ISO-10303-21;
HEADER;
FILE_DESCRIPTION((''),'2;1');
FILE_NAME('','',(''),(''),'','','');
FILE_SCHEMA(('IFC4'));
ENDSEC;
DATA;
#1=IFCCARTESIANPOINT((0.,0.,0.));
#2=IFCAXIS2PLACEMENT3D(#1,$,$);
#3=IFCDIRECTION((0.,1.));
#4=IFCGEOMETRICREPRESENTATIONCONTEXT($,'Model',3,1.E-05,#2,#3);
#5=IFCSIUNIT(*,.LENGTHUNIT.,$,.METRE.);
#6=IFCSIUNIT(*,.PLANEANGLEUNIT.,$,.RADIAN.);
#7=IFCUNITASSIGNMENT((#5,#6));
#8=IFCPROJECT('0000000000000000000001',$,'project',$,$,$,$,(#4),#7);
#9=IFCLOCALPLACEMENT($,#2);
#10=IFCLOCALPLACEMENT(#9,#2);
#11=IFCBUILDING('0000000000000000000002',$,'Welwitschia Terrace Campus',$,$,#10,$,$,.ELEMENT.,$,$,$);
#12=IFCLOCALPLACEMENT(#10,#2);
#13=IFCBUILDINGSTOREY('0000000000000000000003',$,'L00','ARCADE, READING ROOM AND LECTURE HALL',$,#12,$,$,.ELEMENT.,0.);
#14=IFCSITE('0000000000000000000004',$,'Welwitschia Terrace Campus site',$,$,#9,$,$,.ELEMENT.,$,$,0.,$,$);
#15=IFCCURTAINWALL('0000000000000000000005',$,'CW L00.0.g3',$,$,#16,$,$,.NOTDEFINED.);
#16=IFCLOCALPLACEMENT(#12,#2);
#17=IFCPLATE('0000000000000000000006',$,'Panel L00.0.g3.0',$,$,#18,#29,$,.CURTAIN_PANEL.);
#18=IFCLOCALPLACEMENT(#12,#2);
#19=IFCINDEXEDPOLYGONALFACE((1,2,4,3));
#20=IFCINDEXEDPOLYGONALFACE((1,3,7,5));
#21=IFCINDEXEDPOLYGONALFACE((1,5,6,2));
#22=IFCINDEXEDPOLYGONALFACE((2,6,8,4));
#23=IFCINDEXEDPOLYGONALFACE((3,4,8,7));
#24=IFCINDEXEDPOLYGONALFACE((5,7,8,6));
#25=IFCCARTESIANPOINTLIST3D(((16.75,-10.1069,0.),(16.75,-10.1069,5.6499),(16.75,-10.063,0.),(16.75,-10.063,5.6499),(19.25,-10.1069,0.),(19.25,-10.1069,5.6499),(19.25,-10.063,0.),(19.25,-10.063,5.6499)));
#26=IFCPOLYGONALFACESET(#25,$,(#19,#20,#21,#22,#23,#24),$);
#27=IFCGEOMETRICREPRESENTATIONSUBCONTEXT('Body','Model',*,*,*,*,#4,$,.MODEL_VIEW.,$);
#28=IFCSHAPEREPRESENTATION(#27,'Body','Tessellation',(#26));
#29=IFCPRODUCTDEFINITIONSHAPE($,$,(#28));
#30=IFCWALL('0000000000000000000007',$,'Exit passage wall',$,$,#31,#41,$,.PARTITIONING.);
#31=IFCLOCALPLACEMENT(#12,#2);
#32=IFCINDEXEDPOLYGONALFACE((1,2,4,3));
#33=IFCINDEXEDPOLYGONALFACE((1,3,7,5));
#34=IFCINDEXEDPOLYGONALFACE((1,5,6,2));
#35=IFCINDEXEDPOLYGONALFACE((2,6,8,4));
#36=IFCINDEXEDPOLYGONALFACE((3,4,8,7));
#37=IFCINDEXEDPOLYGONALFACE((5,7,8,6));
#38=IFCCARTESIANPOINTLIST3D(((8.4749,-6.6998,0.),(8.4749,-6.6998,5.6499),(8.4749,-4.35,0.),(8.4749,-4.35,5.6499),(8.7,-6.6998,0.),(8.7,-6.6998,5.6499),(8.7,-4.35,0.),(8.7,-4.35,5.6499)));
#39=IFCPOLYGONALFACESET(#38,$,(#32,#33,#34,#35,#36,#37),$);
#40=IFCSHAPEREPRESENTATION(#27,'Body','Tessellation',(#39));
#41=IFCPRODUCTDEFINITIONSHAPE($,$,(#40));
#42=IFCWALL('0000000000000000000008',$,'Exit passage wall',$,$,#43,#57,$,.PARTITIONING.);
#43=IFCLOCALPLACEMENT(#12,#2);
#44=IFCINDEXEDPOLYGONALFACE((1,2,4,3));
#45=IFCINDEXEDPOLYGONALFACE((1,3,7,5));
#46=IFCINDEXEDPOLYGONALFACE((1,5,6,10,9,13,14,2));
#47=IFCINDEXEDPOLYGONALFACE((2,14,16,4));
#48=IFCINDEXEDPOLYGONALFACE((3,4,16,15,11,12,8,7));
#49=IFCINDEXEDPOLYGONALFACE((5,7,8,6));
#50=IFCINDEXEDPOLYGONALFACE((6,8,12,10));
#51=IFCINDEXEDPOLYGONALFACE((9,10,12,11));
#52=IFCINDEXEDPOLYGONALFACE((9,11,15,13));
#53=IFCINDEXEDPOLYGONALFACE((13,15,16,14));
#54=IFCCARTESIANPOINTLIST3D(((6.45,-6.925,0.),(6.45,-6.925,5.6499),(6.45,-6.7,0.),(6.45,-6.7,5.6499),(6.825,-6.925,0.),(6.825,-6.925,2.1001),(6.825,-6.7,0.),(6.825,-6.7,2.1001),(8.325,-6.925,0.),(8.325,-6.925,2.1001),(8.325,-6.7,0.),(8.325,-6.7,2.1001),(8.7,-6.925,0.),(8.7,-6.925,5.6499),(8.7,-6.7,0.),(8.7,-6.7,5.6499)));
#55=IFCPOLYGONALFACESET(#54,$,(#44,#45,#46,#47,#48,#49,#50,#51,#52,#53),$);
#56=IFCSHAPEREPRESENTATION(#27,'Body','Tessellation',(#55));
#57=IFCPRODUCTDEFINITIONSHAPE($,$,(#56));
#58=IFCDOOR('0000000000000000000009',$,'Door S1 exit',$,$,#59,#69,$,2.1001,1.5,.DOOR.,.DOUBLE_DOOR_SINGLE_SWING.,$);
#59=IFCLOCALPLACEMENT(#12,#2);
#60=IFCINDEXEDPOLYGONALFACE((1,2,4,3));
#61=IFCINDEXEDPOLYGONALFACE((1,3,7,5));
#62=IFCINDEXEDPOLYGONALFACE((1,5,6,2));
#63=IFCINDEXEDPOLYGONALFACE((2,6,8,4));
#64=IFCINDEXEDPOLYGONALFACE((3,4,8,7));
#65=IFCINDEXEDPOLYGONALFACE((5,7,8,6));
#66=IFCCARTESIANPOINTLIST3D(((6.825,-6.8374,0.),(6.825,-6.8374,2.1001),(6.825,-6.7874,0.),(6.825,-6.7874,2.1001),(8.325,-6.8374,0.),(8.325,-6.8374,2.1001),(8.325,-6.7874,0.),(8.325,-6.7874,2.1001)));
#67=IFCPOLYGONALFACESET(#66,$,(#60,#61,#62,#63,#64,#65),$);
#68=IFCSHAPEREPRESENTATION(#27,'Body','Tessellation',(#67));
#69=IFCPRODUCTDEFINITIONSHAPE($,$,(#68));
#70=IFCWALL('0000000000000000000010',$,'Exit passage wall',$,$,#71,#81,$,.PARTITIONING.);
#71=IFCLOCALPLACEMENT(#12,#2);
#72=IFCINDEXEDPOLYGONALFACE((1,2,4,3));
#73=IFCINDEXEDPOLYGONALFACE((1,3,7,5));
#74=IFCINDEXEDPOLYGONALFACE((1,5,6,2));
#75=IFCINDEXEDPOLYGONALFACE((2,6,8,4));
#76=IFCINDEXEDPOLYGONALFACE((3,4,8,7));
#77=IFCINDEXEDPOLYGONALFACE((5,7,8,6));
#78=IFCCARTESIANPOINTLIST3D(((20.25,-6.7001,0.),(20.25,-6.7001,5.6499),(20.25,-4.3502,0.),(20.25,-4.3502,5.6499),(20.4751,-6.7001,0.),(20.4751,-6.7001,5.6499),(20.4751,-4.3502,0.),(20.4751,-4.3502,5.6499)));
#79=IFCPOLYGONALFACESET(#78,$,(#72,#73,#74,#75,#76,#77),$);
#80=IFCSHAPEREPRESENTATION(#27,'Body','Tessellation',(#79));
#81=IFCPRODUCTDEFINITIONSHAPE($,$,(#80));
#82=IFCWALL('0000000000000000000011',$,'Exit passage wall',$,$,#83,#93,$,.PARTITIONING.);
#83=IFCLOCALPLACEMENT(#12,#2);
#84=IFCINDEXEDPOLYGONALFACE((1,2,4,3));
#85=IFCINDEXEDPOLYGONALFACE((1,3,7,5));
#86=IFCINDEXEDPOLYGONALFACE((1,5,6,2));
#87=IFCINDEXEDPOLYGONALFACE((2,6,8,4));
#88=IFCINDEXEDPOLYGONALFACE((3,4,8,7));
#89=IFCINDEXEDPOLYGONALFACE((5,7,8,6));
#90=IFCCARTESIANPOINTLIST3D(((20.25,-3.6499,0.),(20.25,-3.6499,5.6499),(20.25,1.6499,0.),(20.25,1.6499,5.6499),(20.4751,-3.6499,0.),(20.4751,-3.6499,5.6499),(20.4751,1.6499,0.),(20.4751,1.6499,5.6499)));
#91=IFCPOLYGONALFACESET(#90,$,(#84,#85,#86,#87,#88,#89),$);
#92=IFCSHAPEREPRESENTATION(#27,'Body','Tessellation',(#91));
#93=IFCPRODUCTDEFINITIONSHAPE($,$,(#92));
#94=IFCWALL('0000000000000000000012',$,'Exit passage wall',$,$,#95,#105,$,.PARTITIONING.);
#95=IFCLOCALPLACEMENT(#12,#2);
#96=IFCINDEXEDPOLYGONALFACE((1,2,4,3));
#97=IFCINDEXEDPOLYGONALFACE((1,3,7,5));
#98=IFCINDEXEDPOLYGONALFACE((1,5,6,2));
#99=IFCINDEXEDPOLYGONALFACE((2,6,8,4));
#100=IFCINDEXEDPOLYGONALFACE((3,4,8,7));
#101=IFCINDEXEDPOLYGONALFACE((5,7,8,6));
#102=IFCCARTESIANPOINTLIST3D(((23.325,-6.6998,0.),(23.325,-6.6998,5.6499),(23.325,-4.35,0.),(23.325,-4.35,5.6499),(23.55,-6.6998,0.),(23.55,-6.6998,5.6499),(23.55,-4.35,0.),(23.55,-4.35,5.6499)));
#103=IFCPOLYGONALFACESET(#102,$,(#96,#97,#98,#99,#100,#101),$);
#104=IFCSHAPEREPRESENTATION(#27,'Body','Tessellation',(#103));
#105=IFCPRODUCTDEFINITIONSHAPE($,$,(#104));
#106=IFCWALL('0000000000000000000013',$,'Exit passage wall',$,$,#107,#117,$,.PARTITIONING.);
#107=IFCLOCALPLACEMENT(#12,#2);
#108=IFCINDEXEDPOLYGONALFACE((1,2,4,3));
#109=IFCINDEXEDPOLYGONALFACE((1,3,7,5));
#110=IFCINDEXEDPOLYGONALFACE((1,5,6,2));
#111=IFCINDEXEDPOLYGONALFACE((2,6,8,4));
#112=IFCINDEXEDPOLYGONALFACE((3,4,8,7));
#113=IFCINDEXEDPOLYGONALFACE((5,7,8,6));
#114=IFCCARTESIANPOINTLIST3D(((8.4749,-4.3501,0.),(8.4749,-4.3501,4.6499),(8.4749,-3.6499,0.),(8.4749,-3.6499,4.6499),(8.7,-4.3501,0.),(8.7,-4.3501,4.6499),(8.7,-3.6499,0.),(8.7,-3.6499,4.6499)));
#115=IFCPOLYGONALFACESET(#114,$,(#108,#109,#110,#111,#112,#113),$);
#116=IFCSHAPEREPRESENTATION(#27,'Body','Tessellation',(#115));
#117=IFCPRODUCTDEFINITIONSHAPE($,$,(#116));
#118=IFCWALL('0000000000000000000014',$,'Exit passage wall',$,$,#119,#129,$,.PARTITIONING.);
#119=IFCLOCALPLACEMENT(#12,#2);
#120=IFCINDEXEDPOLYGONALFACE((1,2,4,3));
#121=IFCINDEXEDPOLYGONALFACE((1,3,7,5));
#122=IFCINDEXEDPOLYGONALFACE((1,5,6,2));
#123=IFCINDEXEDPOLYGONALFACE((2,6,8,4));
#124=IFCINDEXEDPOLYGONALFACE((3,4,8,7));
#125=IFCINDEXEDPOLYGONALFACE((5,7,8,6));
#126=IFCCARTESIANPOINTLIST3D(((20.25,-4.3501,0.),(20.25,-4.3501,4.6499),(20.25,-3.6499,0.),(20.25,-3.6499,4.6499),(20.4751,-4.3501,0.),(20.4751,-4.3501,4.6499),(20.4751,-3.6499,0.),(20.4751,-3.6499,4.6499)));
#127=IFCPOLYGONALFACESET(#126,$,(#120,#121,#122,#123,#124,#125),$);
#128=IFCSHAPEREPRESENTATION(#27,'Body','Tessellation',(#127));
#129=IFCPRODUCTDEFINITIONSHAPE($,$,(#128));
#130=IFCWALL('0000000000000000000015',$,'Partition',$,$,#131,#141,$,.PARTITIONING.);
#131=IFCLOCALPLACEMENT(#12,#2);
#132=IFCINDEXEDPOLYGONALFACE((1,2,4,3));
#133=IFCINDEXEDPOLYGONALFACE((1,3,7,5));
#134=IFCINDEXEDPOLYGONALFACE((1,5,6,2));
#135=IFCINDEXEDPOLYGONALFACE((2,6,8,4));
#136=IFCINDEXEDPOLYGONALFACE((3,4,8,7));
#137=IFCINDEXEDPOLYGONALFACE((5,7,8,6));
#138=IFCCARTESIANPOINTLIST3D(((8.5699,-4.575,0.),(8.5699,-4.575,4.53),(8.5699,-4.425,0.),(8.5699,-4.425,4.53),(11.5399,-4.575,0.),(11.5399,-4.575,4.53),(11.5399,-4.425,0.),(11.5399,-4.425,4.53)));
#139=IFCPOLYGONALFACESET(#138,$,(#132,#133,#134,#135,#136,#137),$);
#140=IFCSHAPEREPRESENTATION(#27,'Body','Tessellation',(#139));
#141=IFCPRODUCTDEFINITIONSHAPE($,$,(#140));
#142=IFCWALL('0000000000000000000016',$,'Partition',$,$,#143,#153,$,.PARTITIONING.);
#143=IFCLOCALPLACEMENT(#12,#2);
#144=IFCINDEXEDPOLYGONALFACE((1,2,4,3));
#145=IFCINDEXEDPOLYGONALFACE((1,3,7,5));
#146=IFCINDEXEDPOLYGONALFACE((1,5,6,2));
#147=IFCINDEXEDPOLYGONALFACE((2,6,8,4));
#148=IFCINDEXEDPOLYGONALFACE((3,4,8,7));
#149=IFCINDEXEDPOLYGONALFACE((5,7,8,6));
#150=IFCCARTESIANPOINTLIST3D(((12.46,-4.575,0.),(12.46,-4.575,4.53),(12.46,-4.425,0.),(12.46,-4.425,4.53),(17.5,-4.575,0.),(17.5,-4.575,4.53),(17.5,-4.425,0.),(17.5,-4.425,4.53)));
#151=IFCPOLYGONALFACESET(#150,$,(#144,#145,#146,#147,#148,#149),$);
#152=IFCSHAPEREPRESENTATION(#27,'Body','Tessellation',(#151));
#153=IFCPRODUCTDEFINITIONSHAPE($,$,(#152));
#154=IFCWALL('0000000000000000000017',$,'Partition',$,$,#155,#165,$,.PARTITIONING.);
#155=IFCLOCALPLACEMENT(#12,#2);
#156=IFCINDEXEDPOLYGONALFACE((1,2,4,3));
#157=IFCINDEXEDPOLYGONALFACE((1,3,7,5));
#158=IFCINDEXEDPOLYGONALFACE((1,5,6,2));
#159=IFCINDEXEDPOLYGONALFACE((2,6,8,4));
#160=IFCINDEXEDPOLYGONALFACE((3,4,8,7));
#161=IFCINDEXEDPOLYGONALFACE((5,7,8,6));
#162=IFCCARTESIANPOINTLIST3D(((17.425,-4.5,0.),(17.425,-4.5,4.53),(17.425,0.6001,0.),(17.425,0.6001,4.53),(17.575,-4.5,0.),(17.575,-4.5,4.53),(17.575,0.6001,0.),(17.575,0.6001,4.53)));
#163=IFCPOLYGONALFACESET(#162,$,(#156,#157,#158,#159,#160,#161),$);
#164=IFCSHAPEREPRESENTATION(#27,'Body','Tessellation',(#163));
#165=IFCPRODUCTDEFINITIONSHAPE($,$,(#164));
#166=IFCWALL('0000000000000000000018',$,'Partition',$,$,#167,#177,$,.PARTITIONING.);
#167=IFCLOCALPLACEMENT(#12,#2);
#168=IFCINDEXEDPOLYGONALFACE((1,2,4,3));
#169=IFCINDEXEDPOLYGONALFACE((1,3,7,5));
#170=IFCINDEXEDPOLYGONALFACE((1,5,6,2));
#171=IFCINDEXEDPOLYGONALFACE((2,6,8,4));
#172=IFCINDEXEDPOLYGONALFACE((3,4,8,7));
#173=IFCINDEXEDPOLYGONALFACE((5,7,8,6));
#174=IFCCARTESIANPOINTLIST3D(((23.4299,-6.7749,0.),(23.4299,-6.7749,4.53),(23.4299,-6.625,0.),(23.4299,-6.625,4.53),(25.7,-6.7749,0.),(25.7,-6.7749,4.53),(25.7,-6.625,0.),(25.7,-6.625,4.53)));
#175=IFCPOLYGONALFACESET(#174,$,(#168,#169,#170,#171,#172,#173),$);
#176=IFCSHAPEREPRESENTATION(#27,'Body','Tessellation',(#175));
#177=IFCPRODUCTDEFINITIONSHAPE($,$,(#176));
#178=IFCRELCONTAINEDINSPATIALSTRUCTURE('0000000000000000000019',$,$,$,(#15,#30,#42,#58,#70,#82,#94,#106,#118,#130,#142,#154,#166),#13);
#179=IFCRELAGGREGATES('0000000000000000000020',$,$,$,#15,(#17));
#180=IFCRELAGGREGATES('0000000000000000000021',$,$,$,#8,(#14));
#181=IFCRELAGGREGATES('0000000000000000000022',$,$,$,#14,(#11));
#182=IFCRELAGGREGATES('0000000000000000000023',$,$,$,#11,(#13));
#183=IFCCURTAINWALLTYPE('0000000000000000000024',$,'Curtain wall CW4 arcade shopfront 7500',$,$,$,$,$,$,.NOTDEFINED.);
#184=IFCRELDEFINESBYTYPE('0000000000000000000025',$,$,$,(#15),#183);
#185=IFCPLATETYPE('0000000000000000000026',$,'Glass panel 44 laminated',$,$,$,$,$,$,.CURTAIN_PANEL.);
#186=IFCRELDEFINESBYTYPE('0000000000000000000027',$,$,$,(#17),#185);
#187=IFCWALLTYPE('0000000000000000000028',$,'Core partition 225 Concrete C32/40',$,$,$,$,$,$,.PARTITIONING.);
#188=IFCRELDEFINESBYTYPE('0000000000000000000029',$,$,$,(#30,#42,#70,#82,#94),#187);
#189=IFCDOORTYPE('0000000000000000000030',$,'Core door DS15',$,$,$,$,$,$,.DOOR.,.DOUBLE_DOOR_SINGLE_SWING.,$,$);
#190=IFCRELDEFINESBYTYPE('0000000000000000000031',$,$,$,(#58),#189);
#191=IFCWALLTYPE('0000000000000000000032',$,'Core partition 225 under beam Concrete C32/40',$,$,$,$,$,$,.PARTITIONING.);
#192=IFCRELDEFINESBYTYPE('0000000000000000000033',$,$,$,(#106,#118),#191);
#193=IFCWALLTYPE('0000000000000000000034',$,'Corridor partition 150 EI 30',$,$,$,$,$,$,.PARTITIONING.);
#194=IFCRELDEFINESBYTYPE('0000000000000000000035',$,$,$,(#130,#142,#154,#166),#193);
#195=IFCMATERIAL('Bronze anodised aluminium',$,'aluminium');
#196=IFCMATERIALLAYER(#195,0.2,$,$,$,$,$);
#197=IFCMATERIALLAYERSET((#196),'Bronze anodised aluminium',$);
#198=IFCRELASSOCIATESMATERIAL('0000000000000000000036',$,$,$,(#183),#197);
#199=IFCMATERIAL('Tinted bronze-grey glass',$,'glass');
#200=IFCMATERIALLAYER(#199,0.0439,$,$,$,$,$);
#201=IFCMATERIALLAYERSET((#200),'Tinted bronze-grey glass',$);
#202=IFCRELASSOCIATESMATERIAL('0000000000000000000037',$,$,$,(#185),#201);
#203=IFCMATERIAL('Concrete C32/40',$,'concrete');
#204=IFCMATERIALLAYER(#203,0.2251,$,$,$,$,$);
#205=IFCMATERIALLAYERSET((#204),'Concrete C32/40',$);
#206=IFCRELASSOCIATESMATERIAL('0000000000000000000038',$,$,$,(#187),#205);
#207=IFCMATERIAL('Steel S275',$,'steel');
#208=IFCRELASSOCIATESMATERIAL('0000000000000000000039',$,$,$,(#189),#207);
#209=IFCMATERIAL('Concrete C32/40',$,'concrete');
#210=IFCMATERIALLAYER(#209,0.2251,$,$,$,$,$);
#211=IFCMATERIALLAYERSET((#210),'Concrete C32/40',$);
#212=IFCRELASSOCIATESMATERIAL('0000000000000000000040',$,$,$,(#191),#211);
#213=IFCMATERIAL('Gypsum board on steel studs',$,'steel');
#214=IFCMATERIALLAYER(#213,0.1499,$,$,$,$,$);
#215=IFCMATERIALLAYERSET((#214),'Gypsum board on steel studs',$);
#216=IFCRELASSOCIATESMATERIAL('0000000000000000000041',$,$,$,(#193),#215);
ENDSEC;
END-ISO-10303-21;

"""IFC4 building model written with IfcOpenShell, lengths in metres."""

from ifc_helpers import new_model, si_unit, direction, frame, frame_2d, origin, origin_2d, place, context, subcontext, project, spatial, rectangle, extrude, material, layer, layer_set, type_object, element, fill, aggregate, save


model = new_model("IFC4")

# Units and contexts
model_context = context("Model", 3, precision=1e-05, world=origin(), true_north=direction((0.0, 1.0)))
body_context = subcontext(model_context, "Body", "Model", "MODEL_VIEW")
ifc_project = project(units=[si_unit("LENGTHUNIT", "METRE"), si_unit("PLANEANGLEUNIT", "RADIAN")], contexts=[model_context])

# Site, building, storey
site_placement = place(None, origin())
site = spatial("IfcSite", under=ifc_project, at=site_placement, Name="Welwitschia Terrace Campus site", CompositionType="ELEMENT", RefElevation=0.0)
building_placement = place(site_placement, origin())
building = spatial("IfcBuilding", under=site, at=building_placement, Name="Welwitschia Terrace Campus", CompositionType="ELEMENT")
storey_placement = place(building_placement, origin())
storey = spatial("IfcBuildingStorey", under=building, at=storey_placement, Name="L00", Description="ARCADE, READING ROOM AND LECTURE HALL", CompositionType="ELEMENT", Elevation=0.0)

# Shared definitions
ifc_material_1 = material(Name="Bronze anodised aluminium", Category="aluminium")
ifc_layer_1 = layer(ifc_material_1, 0.2)
ifc_layer_set_1 = layer_set([ifc_layer_1], Name="Bronze anodised aluminium")
curtain_wall_type = type_object("IfcCurtainWallType", Name="Curtain wall CW4 arcade shopfront 7500", PredefinedType="NOTDEFINED", material=ifc_layer_set_1)

# Curtain wall
curtain_wall_1_placement = place(storey_placement, origin())
curtain_wall_1 = element("IfcCurtainWall", 1, at=curtain_wall_1_placement, inside=storey, type_object=curtain_wall_type, Name="CW L00.0.g3", PredefinedType="NOTDEFINED")

# Plate
ifc_material_2 = material(Name="Tinted bronze-grey glass", Category="glass")
ifc_layer_2 = layer(ifc_material_2, 0.0439)
ifc_layer_set_2 = layer_set([ifc_layer_2], Name="Tinted bronze-grey glass")
plate_type = type_object("IfcPlateType", Name="Glass panel 44 laminated", PredefinedType="CURTAIN_PANEL", material=ifc_layer_set_2)
plate_1_placement = place(storey_placement, frame((18.0, -10.085, 0.0), z_axis=(0.0, 0.0, 1.0), x_axis=(1.0, 0.0, 0.0)))
plate_1 = element("IfcPlate", 2, at=plate_1_placement, type_object=plate_type, Name="Panel L00.0.g3.0", PredefinedType="CURTAIN_PANEL", context=body_context, shape_type="SweptSolid", body=[
    extrude(rectangle(XDim=2.5, YDim=0.0439, at=origin_2d()), origin(), (0.0, 0.0, 1.0), 5.6499),
])
aggregate(curtain_wall_1, [plate_1])

# Wall
ifc_material_3 = material(Name="Concrete C32/40", Category="concrete")
ifc_layer_3 = layer(ifc_material_3, 0.2251)
ifc_layer_set_3 = layer_set([ifc_layer_3], Name="Concrete C32/40")
wall_type_1 = type_object("IfcWallType", Name="Core partition 225 Concrete C32/40", PredefinedType="PARTITIONING", material=ifc_layer_set_3)
wall_1_placement = place(storey_placement, frame((8.5874, -4.3501, 0.0), z_axis=(0.0, 0.0, 1.0), x_axis=(0.0, -1.0, 0.0)))
element("IfcWall", 3, at=wall_1_placement, inside=storey, type_object=wall_type_1, Name="Exit passage wall", PredefinedType="PARTITIONING", context=body_context, shape_type="SweptSolid", body=[
    extrude(rectangle(XDim=2.3499, YDim=0.2251, at=frame_2d((1.1748, 0.0))), origin(), (0.0, 0.0, 1.0), 5.6499),
])

# Wall, opening, door
wall_2_placement = place(storey_placement, frame((8.7, -6.8125, 0.0), z_axis=(0.0, 0.0, 1.0), x_axis=(-1.0, 0.0, 0.0)))
wall_2 = element("IfcWall", 4, at=wall_2_placement, inside=storey, type_object=wall_type_1, Name="Exit passage wall", PredefinedType="PARTITIONING", context=body_context, shape_type="SweptSolid", body=[
    extrude(rectangle(XDim=2.25, YDim=0.2251, at=frame_2d((1.125, 0.0))), origin(), (0.0, 0.0, 1.0), 5.6499),
])
opening_1_placement = place(wall_2_placement, frame((0.375, 0.0, 0.0)))
opening_1 = element("IfcOpeningElement", 5, at=opening_1_placement, cuts=wall_2, PredefinedType="OPENING", context=body_context, shape_type="SweptSolid", body=[
    extrude(rectangle(XDim=1.5, YDim=2.1001, at=frame_2d((0.75, 1.05))), frame((0.0, 0.1226, 0.0), z_axis=(0.0, -1.0, 0.0), x_axis=(1.0, 0.0, 0.0)), (0.0, 0.0, 1.0), 0.2451),
])
ifc_material_4 = material(Name="Steel S275", Category="steel")
door_type_1 = type_object("IfcDoorType", Name="Core door DS15", OperationType="DOUBLE_DOOR_SINGLE_SWING", PredefinedType="DOOR", material=ifc_material_4)
door_1_placement = place(opening_1_placement, origin())
door_1 = element("IfcDoor", 6, at=door_1_placement, inside=storey, type_object=door_type_1, Name="Door S1 exit", OperationType="DOUBLE_DOOR_SINGLE_SWING", OverallHeight=2.1001, OverallWidth=1.5, PredefinedType="DOOR", context=body_context, shape_type="SweptSolid", body=[
    extrude(rectangle(XDim=1.5, YDim=2.1001, at=frame_2d((0.75, 1.05))), frame((0.0, 0.0249, 0.0), z_axis=(0.0, -1.0, 0.0), x_axis=(1.0, 0.0, 0.0)), (0.0, 0.0, 1.0), 0.05),
])
fill(opening_1, door_1)

# Walls
wall_3_placement = place(storey_placement, frame((20.3625, -6.7, 0.0), z_axis=(0.0, 0.0, 1.0), x_axis=(0.0, 1.0, 0.0)))
element("IfcWall", 7, at=wall_3_placement, inside=storey, type_object=wall_type_1, Name="Exit passage wall", PredefinedType="PARTITIONING", context=body_context, shape_type="SweptSolid", body=[
    extrude(rectangle(XDim=2.3499, YDim=0.2251, at=frame_2d((1.1748, 0.0))), origin(), (0.0, 0.0, 1.0), 5.6499),
])
wall_4_placement = place(storey_placement, frame((20.3625, -3.6499, 0.0), z_axis=(0.0, 0.0, 1.0), x_axis=(0.0, 1.0, 0.0)))
element("IfcWall", 8, at=wall_4_placement, inside=storey, type_object=wall_type_1, Name="Exit passage wall", PredefinedType="PARTITIONING", context=body_context, shape_type="SweptSolid", body=[
    extrude(rectangle(XDim=5.2998, YDim=0.2251, at=frame_2d((2.6499, 0.0))), origin(), (0.0, 0.0, 1.0), 5.6499),
])
wall_5_placement = place(storey_placement, frame((23.4375, -4.3501, 0.0), z_axis=(0.0, 0.0, 1.0), x_axis=(0.0, -1.0, 0.0)))
element("IfcWall", 9, at=wall_5_placement, inside=storey, type_object=wall_type_1, Name="Exit passage wall", PredefinedType="PARTITIONING", context=body_context, shape_type="SweptSolid", body=[
    extrude(rectangle(XDim=2.3499, YDim=0.2251, at=frame_2d((1.1748, 0.0))), origin(), (0.0, 0.0, 1.0), 5.6499),
])
ifc_material_5 = material(Name="Concrete C32/40", Category="concrete")
ifc_layer_4 = layer(ifc_material_5, 0.2251)
ifc_layer_set_4 = layer_set([ifc_layer_4], Name="Concrete C32/40")
wall_type_2 = type_object("IfcWallType", Name="Core partition 225 under beam Concrete C32/40", PredefinedType="PARTITIONING", material=ifc_layer_set_4)
for number, where, z_axis, x_axis, name in (
    (10, (8.5874, -3.6499, 0.0), (0.0, 0.0, 1.0), (0.0, -1.0, 0.0), "Exit passage wall"),
    (11, (20.3625, -4.3501, 0.0), (0.0, 0.0, 1.0), (0.0, 1.0, 0.0), "Exit passage wall"),
):
    element("IfcWall", number, at=place(storey_placement, frame(where, z_axis=z_axis, x_axis=x_axis)), inside=storey, type_object=wall_type_2, Name=name, PredefinedType="PARTITIONING", context=body_context, shape_type="SweptSolid", body=[
        extrude(rectangle(XDim=0.7002, YDim=0.2251, at=frame_2d((0.3501, 0.0))), origin(), (0.0, 0.0, 1.0), 4.6499),
    ])
ifc_material_6 = material(Name="Gypsum board on steel studs", Category="steel")
ifc_layer_5 = layer(ifc_material_6, 0.1499)
ifc_layer_set_5 = layer_set([ifc_layer_5], Name="Gypsum board on steel studs")
wall_type_3 = type_object("IfcWallType", Name="Corridor partition 150 EI 30", PredefinedType="PARTITIONING", material=ifc_layer_set_5)
wall_6_placement = place(storey_placement, frame((8.5701, -4.5, 0.0), z_axis=(0.0, 0.0, 1.0), x_axis=(1.0, 0.0, 0.0)))
element("IfcWall", 12, at=wall_6_placement, inside=storey, type_object=wall_type_3, Name="Partition", PredefinedType="PARTITIONING", context=body_context, shape_type="SweptSolid", body=[
    extrude(rectangle(XDim=2.97, YDim=0.1499, at=frame_2d((1.4849, 0.0))), origin(), (0.0, 0.0, 1.0), 4.53),
])
wall_7_placement = place(storey_placement, frame((12.46, -4.5, 0.0), z_axis=(0.0, 0.0, 1.0), x_axis=(1.0, 0.0, 0.0)))
element("IfcWall", 13, at=wall_7_placement, inside=storey, type_object=wall_type_3, Name="Partition", PredefinedType="PARTITIONING", context=body_context, shape_type="SweptSolid", body=[
    extrude(rectangle(XDim=5.04, YDim=0.1499, at=frame_2d((2.52, 0.0))), origin(), (0.0, 0.0, 1.0), 4.53),
])
wall_8_placement = place(storey_placement, frame((17.5, -4.5, 0.0), z_axis=(0.0, 0.0, 1.0), x_axis=(0.0, 1.0, 0.0)))
element("IfcWall", 14, at=wall_8_placement, inside=storey, type_object=wall_type_3, Name="Partition", PredefinedType="PARTITIONING", context=body_context, shape_type="SweptSolid", body=[
    extrude(rectangle(XDim=5.1001, YDim=0.1499, at=frame_2d((2.55, 0.0))), origin(), (0.0, 0.0, 1.0), 4.53),
])
wall_9_placement = place(storey_placement, frame((23.4299, -6.7, 0.0), z_axis=(0.0, 0.0, 1.0), x_axis=(1.0, 0.0, 0.0)))
element("IfcWall", 15, at=wall_9_placement, inside=storey, type_object=wall_type_3, Name="Partition", PredefinedType="PARTITIONING", context=body_context, shape_type="SweptSolid", body=[
    extrude(rectangle(XDim=2.27, YDim=0.1499, at=frame_2d((1.135, 0.0))), origin(), (0.0, 0.0, 1.0), 4.53),
])

save(model, "model.ifc")
